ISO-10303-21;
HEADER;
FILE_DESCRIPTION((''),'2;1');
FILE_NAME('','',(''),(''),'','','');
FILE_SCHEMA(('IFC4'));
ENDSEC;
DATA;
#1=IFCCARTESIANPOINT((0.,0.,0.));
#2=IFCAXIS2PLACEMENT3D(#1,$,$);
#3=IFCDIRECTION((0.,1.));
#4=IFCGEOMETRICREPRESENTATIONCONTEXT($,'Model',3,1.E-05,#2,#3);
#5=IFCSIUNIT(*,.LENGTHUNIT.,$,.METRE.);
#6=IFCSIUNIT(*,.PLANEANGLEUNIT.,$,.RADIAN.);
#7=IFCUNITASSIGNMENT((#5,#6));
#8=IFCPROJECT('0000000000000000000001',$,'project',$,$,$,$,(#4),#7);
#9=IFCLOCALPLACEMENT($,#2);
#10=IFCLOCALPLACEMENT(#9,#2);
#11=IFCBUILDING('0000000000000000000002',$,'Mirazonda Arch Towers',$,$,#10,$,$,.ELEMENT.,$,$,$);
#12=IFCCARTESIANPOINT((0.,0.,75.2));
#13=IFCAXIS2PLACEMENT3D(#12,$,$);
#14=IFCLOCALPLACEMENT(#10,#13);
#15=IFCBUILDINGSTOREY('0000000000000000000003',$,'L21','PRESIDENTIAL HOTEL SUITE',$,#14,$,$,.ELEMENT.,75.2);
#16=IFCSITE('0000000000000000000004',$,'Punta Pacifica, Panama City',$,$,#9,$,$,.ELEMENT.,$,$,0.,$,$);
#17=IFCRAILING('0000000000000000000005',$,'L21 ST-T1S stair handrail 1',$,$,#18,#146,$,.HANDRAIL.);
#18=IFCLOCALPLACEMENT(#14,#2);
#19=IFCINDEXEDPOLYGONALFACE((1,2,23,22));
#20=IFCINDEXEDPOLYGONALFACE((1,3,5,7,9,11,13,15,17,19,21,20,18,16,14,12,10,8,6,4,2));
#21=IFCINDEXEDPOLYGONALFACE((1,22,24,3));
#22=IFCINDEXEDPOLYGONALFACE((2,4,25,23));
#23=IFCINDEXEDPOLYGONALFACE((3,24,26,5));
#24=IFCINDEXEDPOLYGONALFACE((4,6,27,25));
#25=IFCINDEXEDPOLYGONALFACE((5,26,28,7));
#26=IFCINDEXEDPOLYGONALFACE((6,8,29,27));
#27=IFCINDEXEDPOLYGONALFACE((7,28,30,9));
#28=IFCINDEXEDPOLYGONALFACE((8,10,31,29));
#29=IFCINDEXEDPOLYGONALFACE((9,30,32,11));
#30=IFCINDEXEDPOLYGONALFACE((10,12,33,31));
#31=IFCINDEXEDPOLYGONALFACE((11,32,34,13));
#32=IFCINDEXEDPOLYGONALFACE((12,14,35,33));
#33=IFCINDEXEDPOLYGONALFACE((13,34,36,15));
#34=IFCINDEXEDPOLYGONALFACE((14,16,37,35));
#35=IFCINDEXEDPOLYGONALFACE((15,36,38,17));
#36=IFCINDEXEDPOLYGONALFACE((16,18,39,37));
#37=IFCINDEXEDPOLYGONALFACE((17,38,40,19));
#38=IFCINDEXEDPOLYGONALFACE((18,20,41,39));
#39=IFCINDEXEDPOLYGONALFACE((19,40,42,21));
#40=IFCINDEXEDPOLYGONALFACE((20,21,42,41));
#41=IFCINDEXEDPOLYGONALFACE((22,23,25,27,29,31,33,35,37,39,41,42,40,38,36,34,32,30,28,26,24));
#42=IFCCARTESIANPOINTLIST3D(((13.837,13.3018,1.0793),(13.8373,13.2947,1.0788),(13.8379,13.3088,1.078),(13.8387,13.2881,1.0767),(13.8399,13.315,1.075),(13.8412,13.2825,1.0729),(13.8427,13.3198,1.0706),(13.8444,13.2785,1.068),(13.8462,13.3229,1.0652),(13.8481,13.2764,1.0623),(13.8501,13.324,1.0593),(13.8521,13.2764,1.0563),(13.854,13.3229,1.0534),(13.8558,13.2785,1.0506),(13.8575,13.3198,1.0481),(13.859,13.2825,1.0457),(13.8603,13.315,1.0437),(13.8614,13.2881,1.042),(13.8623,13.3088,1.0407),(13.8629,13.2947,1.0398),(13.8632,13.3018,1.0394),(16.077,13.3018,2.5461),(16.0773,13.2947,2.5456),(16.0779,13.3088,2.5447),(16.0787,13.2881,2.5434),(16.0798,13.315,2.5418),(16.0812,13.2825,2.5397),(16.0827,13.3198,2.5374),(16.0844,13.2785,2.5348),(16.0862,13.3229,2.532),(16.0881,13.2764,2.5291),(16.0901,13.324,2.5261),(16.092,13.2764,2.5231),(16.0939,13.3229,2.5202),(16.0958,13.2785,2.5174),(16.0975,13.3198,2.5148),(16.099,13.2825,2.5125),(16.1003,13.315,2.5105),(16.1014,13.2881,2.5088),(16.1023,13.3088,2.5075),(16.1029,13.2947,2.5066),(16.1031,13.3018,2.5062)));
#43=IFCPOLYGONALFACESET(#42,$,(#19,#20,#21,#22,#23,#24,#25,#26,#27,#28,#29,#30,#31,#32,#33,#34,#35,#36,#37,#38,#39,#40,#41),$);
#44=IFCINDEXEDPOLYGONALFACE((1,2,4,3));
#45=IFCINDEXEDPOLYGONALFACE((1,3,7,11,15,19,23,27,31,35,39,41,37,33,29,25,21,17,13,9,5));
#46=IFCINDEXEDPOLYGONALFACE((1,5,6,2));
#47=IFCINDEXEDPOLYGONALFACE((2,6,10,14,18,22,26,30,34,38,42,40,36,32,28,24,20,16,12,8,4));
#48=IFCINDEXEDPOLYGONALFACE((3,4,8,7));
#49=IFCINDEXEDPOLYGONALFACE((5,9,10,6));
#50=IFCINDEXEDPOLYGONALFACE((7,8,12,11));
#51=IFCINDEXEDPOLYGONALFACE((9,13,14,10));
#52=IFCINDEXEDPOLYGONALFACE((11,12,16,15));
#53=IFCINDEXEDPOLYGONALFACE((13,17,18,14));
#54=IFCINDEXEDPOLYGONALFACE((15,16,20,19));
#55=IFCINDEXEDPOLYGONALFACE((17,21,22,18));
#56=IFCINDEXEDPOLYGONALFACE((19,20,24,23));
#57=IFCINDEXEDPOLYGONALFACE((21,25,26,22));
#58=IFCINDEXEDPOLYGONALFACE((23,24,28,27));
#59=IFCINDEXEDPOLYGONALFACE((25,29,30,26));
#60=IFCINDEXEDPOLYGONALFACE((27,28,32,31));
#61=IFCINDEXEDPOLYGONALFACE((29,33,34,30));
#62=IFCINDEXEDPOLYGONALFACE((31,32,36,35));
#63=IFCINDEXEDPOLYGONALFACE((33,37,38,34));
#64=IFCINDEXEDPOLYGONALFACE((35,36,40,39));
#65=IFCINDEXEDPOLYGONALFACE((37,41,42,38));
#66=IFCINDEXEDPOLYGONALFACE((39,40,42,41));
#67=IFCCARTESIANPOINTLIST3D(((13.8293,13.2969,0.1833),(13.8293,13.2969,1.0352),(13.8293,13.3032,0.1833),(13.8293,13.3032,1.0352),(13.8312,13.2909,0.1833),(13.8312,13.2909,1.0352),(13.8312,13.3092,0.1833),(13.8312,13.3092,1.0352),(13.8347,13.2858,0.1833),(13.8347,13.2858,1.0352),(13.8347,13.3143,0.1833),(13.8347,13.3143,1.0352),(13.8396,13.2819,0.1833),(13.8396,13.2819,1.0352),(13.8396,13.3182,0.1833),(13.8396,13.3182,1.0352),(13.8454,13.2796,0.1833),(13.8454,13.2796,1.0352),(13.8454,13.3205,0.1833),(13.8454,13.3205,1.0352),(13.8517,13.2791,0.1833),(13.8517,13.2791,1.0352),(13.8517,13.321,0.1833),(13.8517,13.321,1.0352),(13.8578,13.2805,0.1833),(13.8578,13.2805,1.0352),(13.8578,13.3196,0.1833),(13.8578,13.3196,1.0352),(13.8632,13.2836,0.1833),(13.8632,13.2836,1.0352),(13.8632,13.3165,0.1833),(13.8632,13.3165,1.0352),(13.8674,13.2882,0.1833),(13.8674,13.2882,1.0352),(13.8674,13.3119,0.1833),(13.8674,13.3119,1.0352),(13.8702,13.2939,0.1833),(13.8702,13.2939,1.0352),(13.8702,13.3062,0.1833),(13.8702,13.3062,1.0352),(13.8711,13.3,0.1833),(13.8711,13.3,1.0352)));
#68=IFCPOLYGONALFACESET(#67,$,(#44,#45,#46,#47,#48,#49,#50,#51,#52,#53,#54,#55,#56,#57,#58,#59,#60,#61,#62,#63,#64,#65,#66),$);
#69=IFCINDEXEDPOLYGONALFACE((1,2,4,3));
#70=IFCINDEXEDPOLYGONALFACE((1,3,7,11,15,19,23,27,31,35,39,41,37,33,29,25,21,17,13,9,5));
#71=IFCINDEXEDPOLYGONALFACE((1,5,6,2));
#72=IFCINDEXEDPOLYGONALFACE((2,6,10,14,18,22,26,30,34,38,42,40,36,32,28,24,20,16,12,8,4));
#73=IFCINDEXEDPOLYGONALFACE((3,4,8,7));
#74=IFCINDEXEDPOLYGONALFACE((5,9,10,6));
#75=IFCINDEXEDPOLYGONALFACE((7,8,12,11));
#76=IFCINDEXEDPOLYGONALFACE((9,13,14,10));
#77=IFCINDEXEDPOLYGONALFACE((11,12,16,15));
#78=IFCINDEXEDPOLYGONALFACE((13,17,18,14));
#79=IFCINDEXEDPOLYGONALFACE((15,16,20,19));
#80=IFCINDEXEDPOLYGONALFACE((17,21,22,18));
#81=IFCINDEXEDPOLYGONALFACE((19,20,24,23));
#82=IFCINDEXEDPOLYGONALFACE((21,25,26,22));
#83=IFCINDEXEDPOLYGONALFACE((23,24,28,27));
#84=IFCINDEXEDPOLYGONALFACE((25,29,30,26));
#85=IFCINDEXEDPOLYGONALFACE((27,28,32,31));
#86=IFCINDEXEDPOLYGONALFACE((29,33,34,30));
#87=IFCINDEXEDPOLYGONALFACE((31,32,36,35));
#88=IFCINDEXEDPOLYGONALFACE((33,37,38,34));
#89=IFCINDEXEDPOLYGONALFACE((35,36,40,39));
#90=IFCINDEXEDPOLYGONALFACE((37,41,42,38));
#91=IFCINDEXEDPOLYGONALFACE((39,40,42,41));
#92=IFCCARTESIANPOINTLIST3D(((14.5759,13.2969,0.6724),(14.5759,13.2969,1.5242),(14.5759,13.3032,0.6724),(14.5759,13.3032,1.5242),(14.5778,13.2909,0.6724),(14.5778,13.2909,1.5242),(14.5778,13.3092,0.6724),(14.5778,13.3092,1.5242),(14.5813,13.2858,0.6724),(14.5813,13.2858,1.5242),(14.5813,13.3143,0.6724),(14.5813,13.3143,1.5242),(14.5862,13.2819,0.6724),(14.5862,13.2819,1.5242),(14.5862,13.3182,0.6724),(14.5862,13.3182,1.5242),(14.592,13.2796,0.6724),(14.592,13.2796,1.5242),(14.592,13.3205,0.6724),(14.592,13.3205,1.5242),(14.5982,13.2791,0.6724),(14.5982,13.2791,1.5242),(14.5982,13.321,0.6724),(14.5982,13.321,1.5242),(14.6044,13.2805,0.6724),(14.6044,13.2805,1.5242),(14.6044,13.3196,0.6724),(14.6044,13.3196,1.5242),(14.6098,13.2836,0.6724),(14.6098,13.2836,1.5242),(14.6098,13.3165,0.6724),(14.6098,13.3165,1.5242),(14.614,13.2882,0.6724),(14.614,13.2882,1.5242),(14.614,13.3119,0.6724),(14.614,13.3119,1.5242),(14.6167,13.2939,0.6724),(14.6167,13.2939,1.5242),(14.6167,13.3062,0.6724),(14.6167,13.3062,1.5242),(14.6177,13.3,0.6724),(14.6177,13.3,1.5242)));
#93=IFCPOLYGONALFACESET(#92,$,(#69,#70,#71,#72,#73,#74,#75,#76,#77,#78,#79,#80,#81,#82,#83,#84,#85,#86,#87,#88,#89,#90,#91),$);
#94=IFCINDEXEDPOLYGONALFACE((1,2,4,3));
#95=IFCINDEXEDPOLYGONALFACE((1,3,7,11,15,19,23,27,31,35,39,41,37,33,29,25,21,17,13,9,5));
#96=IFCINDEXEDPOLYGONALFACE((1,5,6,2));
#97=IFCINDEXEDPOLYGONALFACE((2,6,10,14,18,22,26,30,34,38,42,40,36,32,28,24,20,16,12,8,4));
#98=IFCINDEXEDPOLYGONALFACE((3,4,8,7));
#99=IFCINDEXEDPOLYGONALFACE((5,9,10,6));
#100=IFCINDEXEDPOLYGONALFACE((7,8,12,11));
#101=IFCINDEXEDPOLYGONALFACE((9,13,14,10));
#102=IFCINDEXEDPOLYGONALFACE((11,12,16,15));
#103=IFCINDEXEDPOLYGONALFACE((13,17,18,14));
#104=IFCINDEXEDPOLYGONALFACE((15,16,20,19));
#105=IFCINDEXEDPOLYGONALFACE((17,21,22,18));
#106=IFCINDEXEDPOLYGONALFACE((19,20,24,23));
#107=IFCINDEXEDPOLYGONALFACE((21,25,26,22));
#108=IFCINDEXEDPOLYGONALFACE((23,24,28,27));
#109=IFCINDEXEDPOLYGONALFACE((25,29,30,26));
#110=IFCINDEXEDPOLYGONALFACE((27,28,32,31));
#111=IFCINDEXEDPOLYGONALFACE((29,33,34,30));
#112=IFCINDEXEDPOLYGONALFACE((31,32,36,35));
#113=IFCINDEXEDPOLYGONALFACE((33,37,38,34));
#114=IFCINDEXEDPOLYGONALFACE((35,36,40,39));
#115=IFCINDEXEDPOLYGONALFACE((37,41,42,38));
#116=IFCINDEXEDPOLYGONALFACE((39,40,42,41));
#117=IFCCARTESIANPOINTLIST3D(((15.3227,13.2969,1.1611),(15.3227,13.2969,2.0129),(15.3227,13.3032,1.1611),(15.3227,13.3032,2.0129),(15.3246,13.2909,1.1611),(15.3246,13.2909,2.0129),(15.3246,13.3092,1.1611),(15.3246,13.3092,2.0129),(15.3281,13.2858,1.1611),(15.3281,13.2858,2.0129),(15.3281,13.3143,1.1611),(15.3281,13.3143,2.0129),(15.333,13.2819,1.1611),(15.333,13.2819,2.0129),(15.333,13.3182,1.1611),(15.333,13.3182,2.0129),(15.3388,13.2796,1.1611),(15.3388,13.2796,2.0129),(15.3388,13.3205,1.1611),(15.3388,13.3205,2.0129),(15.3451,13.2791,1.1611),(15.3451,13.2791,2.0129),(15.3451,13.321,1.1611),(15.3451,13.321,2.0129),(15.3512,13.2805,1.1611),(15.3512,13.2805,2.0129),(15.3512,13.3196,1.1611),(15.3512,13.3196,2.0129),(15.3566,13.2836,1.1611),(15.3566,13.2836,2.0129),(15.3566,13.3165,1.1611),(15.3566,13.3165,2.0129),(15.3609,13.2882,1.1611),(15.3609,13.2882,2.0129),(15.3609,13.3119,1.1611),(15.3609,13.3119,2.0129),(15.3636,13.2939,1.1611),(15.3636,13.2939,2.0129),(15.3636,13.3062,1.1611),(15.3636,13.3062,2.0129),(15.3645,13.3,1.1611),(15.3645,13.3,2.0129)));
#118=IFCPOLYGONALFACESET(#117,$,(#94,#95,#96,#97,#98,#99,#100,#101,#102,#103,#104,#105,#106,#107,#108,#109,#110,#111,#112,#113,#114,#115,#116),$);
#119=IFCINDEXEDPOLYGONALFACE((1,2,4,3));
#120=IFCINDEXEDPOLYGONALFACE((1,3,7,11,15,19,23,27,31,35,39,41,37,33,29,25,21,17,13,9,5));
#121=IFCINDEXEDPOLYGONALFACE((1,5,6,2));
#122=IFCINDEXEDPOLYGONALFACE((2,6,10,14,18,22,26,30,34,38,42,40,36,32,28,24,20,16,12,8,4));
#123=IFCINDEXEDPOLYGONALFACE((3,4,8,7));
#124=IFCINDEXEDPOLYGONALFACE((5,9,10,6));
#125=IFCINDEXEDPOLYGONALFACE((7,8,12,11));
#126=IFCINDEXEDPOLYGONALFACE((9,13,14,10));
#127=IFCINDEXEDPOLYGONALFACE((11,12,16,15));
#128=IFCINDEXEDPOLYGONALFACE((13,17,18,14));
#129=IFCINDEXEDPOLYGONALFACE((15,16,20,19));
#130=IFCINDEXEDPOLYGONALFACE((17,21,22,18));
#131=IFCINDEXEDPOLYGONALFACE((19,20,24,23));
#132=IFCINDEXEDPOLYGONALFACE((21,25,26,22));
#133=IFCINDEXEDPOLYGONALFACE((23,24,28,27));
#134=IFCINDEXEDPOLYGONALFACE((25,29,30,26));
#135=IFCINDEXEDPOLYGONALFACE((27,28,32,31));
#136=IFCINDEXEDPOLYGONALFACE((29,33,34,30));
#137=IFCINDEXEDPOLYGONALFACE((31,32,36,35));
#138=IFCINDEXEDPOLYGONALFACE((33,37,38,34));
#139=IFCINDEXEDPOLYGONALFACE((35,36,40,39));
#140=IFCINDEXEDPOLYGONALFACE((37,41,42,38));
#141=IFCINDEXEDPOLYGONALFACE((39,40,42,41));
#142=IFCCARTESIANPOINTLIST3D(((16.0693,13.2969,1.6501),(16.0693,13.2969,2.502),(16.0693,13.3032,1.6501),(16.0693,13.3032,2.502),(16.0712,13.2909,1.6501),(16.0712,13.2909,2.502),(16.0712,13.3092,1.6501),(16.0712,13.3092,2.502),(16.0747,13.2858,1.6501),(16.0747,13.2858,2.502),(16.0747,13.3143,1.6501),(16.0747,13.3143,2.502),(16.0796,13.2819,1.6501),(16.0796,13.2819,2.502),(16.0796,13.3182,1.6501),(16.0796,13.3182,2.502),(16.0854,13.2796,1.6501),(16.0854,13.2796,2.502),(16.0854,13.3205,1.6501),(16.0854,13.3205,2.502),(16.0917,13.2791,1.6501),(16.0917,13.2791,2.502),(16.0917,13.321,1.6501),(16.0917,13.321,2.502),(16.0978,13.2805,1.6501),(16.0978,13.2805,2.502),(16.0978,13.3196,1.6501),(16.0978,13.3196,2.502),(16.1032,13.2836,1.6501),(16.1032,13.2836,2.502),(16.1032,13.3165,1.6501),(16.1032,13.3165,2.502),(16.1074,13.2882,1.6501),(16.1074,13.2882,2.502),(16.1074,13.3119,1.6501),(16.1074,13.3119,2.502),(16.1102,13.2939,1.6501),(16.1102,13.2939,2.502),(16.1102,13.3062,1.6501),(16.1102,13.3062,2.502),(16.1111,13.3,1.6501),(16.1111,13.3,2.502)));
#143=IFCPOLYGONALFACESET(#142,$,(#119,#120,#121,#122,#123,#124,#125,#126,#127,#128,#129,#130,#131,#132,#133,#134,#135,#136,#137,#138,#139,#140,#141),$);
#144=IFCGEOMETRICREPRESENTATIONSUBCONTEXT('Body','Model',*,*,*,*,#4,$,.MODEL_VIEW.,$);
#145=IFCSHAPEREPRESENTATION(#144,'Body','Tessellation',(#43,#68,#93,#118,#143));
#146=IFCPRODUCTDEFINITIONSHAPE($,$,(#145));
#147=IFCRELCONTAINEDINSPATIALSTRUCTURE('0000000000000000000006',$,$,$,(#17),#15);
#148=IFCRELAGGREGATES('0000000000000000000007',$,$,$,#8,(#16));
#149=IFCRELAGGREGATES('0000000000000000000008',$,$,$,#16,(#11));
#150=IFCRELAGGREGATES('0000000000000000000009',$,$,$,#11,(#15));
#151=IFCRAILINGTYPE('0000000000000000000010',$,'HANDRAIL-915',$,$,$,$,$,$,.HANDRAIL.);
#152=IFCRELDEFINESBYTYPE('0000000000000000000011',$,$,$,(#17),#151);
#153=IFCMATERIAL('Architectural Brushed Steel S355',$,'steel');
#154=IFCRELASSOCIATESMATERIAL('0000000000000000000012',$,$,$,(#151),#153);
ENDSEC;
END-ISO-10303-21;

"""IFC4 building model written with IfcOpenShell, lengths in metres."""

from ifc_helpers import new_model, si_unit, direction, frame, origin, origin_2d, place, context, subcontext, project, spatial, circle, extrude, material, type_object, element, save


model = new_model("IFC4")

# Units and contexts
model_context = context("Model", 3, precision=1e-05, world=origin(), true_north=direction((0.0, 1.0)))
body_context = subcontext(model_context, "Body", "Model", "MODEL_VIEW")
ifc_project = project(units=[si_unit("LENGTHUNIT", "METRE"), si_unit("PLANEANGLEUNIT", "RADIAN")], contexts=[model_context])

# Site, building, storey
site_placement = place(None, origin())
site = spatial("IfcSite", under=ifc_project, at=site_placement, Name="Punta Pacifica, Panama City", CompositionType="ELEMENT", RefElevation=0.0)
building_placement = place(site_placement, origin())
building = spatial("IfcBuilding", under=site, at=building_placement, Name="Mirazonda Arch Towers", CompositionType="ELEMENT")
storey_placement = place(building_placement, frame((0.0, 0.0, 75.2)))
storey = spatial("IfcBuildingStorey", under=building, at=storey_placement, Name="L21", Description="PRESIDENTIAL HOTEL SUITE", CompositionType="ELEMENT", Elevation=75.2)

# Shared definitions
ifc_material_1 = material(Name="Architectural Brushed Steel S355", Category="steel")

# Railing
railing_type_1 = type_object("IfcRailingType", Name="HANDRAIL-915", PredefinedType="HANDRAIL", material=ifc_material_1)
railing_1_placement = place(storey_placement, frame((13.8501, 13.3, 0.1833)))
element("IfcRailing", 1, at=railing_1_placement, inside=storey, type_object=railing_type_1, Name="L21 ST-T1S stair handrail 1", PredefinedType="HANDRAIL", context=body_context, shape_type="SweptSolid", body=[
    extrude(circle(Radius=0.0239, at=origin_2d()), frame((0.0, 0.0, 0.876), z_axis=(0.836595, 0.0, 0.547822), x_axis=(0.0, 1.0, 0.0)), (0.0, 0.0, 1.0), 2.6775),
    extrude(circle(Radius=0.021, at=origin_2d()), origin(), (0.0, 0.0, 1.0), 0.8518),
    extrude(circle(Radius=0.021, at=origin_2d()), frame((0.7466, 0.0, 0.489)), (0.0, 0.0, 1.0), 0.8518),
    extrude(circle(Radius=0.021, at=origin_2d()), frame((1.4934, 0.0, 0.9778)), (0.0, 0.0, 1.0), 0.8518),
    extrude(circle(Radius=0.021, at=origin_2d()), frame((2.24, 0.0, 1.4668)), (0.0, 0.0, 1.0), 0.8518),
])

save(model, "model.ifc")
